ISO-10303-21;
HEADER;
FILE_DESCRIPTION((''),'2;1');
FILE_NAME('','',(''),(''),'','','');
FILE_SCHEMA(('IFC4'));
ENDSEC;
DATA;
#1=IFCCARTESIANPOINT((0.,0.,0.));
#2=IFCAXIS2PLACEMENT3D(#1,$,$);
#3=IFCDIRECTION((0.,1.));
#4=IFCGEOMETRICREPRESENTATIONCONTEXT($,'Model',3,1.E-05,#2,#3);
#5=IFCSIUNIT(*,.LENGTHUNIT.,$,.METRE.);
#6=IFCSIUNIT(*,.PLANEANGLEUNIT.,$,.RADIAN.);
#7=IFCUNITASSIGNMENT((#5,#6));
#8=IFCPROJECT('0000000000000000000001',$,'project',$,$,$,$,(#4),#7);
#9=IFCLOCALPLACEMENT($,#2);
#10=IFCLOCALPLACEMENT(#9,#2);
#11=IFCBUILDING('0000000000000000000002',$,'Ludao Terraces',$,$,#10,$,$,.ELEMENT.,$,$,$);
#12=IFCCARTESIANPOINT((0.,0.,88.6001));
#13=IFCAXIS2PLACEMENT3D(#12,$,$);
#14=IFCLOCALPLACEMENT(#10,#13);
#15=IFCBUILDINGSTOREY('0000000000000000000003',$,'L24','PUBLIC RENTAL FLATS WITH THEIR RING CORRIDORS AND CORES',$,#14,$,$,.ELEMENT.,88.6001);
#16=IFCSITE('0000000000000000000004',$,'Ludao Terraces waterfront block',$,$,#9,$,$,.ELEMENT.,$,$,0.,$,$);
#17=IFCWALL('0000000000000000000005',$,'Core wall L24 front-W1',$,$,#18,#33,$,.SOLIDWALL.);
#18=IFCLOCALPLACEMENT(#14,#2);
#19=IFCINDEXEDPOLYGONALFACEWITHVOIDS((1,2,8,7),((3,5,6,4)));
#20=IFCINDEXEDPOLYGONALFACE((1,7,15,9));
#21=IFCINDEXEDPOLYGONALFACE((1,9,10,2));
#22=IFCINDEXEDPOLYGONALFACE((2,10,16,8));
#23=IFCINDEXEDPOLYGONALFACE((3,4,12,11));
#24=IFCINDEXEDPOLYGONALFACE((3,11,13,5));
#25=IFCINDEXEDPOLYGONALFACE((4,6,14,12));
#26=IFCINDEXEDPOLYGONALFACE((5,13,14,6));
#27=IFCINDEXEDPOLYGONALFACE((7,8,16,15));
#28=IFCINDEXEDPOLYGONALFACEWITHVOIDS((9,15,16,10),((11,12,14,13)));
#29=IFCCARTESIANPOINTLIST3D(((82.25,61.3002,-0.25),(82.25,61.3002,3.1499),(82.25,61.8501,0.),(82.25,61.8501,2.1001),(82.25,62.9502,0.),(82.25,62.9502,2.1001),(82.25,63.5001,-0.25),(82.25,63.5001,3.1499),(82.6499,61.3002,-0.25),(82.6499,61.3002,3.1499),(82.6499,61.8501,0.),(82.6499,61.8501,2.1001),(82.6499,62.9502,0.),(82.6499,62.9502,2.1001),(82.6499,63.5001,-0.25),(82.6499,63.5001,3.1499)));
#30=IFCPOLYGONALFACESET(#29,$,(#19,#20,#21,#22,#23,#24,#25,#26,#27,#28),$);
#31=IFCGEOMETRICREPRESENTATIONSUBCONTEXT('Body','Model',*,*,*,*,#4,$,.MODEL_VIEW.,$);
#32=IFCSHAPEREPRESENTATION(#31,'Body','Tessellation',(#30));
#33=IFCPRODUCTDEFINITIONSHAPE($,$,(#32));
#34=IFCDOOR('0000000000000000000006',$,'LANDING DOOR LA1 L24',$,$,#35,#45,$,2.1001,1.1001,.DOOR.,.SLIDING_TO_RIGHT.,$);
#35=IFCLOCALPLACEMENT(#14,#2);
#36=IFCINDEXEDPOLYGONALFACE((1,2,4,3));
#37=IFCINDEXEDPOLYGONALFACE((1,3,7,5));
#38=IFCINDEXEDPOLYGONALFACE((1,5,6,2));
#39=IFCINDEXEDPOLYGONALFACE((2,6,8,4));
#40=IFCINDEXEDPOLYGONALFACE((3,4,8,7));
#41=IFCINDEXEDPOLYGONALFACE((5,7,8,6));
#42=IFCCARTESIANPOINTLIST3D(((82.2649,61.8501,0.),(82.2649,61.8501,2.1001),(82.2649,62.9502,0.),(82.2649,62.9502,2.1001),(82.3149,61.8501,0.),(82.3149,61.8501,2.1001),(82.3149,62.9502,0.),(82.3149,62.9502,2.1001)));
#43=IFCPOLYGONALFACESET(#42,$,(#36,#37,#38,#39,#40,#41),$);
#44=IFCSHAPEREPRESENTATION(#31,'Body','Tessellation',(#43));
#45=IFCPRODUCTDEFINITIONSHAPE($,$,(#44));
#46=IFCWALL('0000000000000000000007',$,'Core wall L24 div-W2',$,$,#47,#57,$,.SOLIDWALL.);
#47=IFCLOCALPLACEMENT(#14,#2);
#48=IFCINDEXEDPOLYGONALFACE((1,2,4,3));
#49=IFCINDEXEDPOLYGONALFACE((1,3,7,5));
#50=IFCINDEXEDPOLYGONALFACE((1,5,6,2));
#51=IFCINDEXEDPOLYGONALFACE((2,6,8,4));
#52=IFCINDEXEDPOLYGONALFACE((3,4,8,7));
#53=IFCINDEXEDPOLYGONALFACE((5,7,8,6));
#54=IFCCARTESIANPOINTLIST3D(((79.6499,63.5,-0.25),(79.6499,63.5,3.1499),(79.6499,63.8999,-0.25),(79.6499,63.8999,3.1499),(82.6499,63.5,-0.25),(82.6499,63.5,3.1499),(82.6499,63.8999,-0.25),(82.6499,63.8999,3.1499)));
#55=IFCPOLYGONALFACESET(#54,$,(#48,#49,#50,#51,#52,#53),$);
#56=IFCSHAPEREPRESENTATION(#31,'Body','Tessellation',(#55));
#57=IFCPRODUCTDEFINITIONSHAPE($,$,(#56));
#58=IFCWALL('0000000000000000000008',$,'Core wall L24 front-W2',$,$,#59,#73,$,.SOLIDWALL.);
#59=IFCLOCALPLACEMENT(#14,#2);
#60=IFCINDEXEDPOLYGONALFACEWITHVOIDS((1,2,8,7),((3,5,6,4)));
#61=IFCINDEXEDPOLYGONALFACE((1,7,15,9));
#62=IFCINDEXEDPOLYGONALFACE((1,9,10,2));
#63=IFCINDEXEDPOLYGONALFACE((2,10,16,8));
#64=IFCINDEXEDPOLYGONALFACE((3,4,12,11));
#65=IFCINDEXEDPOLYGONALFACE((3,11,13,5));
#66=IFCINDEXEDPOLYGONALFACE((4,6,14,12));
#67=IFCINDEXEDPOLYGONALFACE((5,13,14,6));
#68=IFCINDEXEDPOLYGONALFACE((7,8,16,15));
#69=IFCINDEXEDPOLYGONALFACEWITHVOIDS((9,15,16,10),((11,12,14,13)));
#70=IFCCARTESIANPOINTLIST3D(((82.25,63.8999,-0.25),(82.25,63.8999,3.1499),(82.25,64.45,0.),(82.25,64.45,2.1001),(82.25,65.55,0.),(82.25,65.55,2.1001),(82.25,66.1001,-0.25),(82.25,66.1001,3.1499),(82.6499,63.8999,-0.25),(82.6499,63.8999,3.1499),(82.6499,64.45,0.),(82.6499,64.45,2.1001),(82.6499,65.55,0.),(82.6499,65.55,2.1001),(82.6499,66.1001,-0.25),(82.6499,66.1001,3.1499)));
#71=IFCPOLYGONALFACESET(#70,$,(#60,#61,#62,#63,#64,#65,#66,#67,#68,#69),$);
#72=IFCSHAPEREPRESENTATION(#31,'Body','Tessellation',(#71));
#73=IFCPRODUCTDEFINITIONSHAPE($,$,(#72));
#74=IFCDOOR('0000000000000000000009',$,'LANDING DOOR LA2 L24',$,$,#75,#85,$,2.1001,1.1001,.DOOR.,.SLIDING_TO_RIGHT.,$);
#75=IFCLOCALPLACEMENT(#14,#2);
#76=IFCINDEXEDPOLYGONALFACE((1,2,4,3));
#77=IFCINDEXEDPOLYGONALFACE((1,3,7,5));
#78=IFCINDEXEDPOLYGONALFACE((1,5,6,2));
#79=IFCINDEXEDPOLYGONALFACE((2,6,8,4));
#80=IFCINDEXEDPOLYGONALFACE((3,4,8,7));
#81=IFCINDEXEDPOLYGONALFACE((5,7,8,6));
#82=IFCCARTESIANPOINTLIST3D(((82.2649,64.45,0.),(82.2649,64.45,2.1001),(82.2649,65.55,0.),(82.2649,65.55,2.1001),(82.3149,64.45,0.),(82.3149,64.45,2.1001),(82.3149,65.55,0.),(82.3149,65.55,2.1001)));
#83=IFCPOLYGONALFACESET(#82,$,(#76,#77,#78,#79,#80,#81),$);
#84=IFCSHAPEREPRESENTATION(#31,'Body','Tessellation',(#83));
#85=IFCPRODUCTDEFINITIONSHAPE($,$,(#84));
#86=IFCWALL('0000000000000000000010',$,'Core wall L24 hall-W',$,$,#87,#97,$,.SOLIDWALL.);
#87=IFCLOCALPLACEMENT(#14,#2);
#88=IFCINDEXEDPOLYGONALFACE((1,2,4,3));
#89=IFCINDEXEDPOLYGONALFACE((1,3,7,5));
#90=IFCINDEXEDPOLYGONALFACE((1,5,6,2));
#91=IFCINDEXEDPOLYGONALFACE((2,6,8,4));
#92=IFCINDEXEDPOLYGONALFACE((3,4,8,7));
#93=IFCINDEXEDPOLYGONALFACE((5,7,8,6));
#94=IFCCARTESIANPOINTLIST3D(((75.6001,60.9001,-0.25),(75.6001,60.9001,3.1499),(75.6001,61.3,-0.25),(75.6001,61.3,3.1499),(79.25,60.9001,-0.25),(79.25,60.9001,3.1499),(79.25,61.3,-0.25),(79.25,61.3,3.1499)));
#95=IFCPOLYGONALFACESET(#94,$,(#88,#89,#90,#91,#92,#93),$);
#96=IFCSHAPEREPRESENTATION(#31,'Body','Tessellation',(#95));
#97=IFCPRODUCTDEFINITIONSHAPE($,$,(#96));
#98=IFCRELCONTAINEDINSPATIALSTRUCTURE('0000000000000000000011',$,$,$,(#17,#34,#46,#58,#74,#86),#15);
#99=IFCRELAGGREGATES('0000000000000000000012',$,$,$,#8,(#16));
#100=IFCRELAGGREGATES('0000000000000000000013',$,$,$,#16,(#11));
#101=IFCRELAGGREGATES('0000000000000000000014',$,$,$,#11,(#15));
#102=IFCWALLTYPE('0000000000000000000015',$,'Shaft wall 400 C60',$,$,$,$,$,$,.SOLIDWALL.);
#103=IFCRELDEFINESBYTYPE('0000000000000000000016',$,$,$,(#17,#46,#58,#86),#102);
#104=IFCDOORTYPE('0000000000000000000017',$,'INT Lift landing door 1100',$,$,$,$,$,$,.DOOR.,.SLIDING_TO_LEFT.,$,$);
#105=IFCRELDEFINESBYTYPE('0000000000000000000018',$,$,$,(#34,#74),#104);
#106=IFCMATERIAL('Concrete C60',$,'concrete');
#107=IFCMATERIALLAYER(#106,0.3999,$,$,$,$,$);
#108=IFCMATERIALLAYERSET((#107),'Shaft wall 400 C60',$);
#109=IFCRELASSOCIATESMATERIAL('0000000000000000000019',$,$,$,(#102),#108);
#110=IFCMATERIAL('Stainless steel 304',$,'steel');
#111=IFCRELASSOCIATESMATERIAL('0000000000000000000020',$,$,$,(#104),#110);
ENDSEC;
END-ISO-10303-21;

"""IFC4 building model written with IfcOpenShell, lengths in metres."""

from ifc_helpers import new_model, si_unit, direction, frame, frame_2d, origin, place, context, subcontext, project, spatial, rectangle, extrude, material, layer, layer_set, type_object, element, fill, save


model = new_model("IFC4")

# Units and contexts
model_context = context("Model", 3, precision=1e-05, world=origin(), true_north=direction((0.0, 1.0)))
body_context = subcontext(model_context, "Body", "Model", "MODEL_VIEW")
ifc_project = project(units=[si_unit("LENGTHUNIT", "METRE"), si_unit("PLANEANGLEUNIT", "RADIAN")], contexts=[model_context])

# Site, building, storey
site_placement = place(None, origin())
site = spatial("IfcSite", under=ifc_project, at=site_placement, Name="Ludao Terraces waterfront block", CompositionType="ELEMENT", RefElevation=0.0)
building_placement = place(site_placement, origin())
building = spatial("IfcBuilding", under=site, at=building_placement, Name="Ludao Terraces", CompositionType="ELEMENT")
storey_placement = place(building_placement, frame((0.0, 0.0, 88.6001)))
storey = spatial("IfcBuildingStorey", under=building, at=storey_placement, Name="L24", Description="PUBLIC RENTAL FLATS WITH THEIR RING CORRIDORS AND CORES", CompositionType="ELEMENT", Elevation=88.6001)

# Shared definitions
ifc_material_1 = material(Name="Concrete C60", Category="concrete")
ifc_layer_1 = layer(ifc_material_1, 0.3999)
ifc_layer_set_1 = layer_set([ifc_layer_1], Name="Shaft wall 400 C60")
wall_type_1 = type_object("IfcWallType", Name="Shaft wall 400 C60", PredefinedType="SOLIDWALL", material=ifc_layer_set_1)

# Wall, opening, door
wall_1_placement = place(storey_placement, frame((82.45, 61.3, -0.25), z_axis=(0.0, 0.0, 1.0), x_axis=(0.0, 1.0, 0.0)))
wall_1 = element("IfcWall", 1, at=wall_1_placement, inside=storey, type_object=wall_type_1, Name="Core wall L24 front-W1", PredefinedType="SOLIDWALL", context=body_context, shape_type="SweptSolid", body=[
    extrude(rectangle(XDim=2.2, YDim=0.3999, at=frame_2d((1.1001, 0.0))), origin(), (0.0, 0.0, 1.0), 3.3999),
])
opening_1_placement = place(wall_1_placement, frame((0.55, 0.0, 0.25)))
opening_1 = element("IfcOpeningElement", 2, at=opening_1_placement, cuts=wall_1, PredefinedType="OPENING", context=body_context, shape_type="SweptSolid", body=[
    extrude(rectangle(XDim=1.1001, YDim=2.1001, at=frame_2d((0.55, 1.05))), frame((0.0, 0.21, 0.0), z_axis=(0.0, -1.0, 0.0), x_axis=(1.0, 0.0, 0.0)), (0.0, 0.0, 1.0), 0.4199),
])
ifc_material_2 = material(Name="Stainless steel 304", Category="steel")
door_type_1 = type_object("IfcDoorType", Name="INT Lift landing door 1100", OperationType="SLIDING_TO_LEFT", PredefinedType="DOOR", material=ifc_material_2)
door_1_placement = place(opening_1_placement, origin())
door_1 = element("IfcDoor", 3, at=door_1_placement, inside=storey, type_object=door_type_1, Name="LANDING DOOR LA1 L24", OperationType="SLIDING_TO_RIGHT", OverallHeight=2.1001, OverallWidth=1.1001, PredefinedType="DOOR", context=body_context, shape_type="SweptSolid", body=[
    extrude(rectangle(XDim=1.1001, YDim=2.1001, at=frame_2d((0.55, 1.05))), frame((0.0, 0.1851, 0.0), z_axis=(0.0, -1.0, 0.0), x_axis=(1.0, 0.0, 0.0)), (0.0, 0.0, 1.0), 0.05),
])
fill(opening_1, door_1)

# Wall
wall_2_placement = place(storey_placement, frame((79.6499, 63.7, -0.25), z_axis=(0.0, 0.0, 1.0), x_axis=(1.0, 0.0, 0.0)))
element("IfcWall", 4, at=wall_2_placement, inside=storey, type_object=wall_type_1, Name="Core wall L24 div-W2", PredefinedType="SOLIDWALL", context=body_context, shape_type="SweptSolid", body=[
    extrude(rectangle(XDim=3.0, YDim=0.3999, at=frame_2d((1.5, 0.0))), origin(), (0.0, 0.0, 1.0), 3.3999),
])

# Wall, opening, door
wall_3_placement = place(storey_placement, frame((82.45, 63.8999, -0.25), z_axis=(0.0, 0.0, 1.0), x_axis=(0.0, 1.0, 0.0)))
wall_3 = element("IfcWall", 5, at=wall_3_placement, inside=storey, type_object=wall_type_1, Name="Core wall L24 front-W2", PredefinedType="SOLIDWALL", context=body_context, shape_type="SweptSolid", body=[
    extrude(rectangle(XDim=2.2002, YDim=0.3999, at=frame_2d((1.1001, 0.0))), origin(), (0.0, 0.0, 1.0), 3.3999),
])
opening_2_placement = place(wall_3_placement, frame((0.55, 0.0, 0.25)))
opening_2 = element("IfcOpeningElement", 6, at=opening_2_placement, cuts=wall_3, PredefinedType="OPENING", context=body_context, shape_type="SweptSolid", body=[
    extrude(rectangle(XDim=1.1001, YDim=2.1001, at=frame_2d((0.55, 1.05))), frame((0.0, 0.21, 0.0), z_axis=(0.0, -1.0, 0.0), x_axis=(1.0, 0.0, 0.0)), (0.0, 0.0, 1.0), 0.4199),
])
door_2_placement = place(opening_2_placement, origin())
door_2 = element("IfcDoor", 7, at=door_2_placement, inside=storey, type_object=door_type_1, Name="LANDING DOOR LA2 L24", OperationType="SLIDING_TO_RIGHT", OverallHeight=2.1001, OverallWidth=1.1001, PredefinedType="DOOR", context=body_context, shape_type="SweptSolid", body=[
    extrude(rectangle(XDim=1.1001, YDim=2.1001, at=frame_2d((0.55, 1.05))), frame((0.0, 0.1851, 0.0), z_axis=(0.0, -1.0, 0.0), x_axis=(1.0, 0.0, 0.0)), (0.0, 0.0, 1.0), 0.05),
])
fill(opening_2, door_2)

# Wall
wall_4_placement = place(storey_placement, frame((75.6001, 61.1001, -0.25), z_axis=(0.0, 0.0, 1.0), x_axis=(1.0, 0.0, 0.0)))
element("IfcWall", 8, at=wall_4_placement, inside=storey, type_object=wall_type_1, Name="Core wall L24 hall-W", PredefinedType="SOLIDWALL", context=body_context, shape_type="SweptSolid", body=[
    extrude(rectangle(XDim=3.6499, YDim=0.3999, at=frame_2d((1.825, 0.0))), origin(), (0.0, 0.0, 1.0), 3.3999),
])

save(model, "model.ifc")
